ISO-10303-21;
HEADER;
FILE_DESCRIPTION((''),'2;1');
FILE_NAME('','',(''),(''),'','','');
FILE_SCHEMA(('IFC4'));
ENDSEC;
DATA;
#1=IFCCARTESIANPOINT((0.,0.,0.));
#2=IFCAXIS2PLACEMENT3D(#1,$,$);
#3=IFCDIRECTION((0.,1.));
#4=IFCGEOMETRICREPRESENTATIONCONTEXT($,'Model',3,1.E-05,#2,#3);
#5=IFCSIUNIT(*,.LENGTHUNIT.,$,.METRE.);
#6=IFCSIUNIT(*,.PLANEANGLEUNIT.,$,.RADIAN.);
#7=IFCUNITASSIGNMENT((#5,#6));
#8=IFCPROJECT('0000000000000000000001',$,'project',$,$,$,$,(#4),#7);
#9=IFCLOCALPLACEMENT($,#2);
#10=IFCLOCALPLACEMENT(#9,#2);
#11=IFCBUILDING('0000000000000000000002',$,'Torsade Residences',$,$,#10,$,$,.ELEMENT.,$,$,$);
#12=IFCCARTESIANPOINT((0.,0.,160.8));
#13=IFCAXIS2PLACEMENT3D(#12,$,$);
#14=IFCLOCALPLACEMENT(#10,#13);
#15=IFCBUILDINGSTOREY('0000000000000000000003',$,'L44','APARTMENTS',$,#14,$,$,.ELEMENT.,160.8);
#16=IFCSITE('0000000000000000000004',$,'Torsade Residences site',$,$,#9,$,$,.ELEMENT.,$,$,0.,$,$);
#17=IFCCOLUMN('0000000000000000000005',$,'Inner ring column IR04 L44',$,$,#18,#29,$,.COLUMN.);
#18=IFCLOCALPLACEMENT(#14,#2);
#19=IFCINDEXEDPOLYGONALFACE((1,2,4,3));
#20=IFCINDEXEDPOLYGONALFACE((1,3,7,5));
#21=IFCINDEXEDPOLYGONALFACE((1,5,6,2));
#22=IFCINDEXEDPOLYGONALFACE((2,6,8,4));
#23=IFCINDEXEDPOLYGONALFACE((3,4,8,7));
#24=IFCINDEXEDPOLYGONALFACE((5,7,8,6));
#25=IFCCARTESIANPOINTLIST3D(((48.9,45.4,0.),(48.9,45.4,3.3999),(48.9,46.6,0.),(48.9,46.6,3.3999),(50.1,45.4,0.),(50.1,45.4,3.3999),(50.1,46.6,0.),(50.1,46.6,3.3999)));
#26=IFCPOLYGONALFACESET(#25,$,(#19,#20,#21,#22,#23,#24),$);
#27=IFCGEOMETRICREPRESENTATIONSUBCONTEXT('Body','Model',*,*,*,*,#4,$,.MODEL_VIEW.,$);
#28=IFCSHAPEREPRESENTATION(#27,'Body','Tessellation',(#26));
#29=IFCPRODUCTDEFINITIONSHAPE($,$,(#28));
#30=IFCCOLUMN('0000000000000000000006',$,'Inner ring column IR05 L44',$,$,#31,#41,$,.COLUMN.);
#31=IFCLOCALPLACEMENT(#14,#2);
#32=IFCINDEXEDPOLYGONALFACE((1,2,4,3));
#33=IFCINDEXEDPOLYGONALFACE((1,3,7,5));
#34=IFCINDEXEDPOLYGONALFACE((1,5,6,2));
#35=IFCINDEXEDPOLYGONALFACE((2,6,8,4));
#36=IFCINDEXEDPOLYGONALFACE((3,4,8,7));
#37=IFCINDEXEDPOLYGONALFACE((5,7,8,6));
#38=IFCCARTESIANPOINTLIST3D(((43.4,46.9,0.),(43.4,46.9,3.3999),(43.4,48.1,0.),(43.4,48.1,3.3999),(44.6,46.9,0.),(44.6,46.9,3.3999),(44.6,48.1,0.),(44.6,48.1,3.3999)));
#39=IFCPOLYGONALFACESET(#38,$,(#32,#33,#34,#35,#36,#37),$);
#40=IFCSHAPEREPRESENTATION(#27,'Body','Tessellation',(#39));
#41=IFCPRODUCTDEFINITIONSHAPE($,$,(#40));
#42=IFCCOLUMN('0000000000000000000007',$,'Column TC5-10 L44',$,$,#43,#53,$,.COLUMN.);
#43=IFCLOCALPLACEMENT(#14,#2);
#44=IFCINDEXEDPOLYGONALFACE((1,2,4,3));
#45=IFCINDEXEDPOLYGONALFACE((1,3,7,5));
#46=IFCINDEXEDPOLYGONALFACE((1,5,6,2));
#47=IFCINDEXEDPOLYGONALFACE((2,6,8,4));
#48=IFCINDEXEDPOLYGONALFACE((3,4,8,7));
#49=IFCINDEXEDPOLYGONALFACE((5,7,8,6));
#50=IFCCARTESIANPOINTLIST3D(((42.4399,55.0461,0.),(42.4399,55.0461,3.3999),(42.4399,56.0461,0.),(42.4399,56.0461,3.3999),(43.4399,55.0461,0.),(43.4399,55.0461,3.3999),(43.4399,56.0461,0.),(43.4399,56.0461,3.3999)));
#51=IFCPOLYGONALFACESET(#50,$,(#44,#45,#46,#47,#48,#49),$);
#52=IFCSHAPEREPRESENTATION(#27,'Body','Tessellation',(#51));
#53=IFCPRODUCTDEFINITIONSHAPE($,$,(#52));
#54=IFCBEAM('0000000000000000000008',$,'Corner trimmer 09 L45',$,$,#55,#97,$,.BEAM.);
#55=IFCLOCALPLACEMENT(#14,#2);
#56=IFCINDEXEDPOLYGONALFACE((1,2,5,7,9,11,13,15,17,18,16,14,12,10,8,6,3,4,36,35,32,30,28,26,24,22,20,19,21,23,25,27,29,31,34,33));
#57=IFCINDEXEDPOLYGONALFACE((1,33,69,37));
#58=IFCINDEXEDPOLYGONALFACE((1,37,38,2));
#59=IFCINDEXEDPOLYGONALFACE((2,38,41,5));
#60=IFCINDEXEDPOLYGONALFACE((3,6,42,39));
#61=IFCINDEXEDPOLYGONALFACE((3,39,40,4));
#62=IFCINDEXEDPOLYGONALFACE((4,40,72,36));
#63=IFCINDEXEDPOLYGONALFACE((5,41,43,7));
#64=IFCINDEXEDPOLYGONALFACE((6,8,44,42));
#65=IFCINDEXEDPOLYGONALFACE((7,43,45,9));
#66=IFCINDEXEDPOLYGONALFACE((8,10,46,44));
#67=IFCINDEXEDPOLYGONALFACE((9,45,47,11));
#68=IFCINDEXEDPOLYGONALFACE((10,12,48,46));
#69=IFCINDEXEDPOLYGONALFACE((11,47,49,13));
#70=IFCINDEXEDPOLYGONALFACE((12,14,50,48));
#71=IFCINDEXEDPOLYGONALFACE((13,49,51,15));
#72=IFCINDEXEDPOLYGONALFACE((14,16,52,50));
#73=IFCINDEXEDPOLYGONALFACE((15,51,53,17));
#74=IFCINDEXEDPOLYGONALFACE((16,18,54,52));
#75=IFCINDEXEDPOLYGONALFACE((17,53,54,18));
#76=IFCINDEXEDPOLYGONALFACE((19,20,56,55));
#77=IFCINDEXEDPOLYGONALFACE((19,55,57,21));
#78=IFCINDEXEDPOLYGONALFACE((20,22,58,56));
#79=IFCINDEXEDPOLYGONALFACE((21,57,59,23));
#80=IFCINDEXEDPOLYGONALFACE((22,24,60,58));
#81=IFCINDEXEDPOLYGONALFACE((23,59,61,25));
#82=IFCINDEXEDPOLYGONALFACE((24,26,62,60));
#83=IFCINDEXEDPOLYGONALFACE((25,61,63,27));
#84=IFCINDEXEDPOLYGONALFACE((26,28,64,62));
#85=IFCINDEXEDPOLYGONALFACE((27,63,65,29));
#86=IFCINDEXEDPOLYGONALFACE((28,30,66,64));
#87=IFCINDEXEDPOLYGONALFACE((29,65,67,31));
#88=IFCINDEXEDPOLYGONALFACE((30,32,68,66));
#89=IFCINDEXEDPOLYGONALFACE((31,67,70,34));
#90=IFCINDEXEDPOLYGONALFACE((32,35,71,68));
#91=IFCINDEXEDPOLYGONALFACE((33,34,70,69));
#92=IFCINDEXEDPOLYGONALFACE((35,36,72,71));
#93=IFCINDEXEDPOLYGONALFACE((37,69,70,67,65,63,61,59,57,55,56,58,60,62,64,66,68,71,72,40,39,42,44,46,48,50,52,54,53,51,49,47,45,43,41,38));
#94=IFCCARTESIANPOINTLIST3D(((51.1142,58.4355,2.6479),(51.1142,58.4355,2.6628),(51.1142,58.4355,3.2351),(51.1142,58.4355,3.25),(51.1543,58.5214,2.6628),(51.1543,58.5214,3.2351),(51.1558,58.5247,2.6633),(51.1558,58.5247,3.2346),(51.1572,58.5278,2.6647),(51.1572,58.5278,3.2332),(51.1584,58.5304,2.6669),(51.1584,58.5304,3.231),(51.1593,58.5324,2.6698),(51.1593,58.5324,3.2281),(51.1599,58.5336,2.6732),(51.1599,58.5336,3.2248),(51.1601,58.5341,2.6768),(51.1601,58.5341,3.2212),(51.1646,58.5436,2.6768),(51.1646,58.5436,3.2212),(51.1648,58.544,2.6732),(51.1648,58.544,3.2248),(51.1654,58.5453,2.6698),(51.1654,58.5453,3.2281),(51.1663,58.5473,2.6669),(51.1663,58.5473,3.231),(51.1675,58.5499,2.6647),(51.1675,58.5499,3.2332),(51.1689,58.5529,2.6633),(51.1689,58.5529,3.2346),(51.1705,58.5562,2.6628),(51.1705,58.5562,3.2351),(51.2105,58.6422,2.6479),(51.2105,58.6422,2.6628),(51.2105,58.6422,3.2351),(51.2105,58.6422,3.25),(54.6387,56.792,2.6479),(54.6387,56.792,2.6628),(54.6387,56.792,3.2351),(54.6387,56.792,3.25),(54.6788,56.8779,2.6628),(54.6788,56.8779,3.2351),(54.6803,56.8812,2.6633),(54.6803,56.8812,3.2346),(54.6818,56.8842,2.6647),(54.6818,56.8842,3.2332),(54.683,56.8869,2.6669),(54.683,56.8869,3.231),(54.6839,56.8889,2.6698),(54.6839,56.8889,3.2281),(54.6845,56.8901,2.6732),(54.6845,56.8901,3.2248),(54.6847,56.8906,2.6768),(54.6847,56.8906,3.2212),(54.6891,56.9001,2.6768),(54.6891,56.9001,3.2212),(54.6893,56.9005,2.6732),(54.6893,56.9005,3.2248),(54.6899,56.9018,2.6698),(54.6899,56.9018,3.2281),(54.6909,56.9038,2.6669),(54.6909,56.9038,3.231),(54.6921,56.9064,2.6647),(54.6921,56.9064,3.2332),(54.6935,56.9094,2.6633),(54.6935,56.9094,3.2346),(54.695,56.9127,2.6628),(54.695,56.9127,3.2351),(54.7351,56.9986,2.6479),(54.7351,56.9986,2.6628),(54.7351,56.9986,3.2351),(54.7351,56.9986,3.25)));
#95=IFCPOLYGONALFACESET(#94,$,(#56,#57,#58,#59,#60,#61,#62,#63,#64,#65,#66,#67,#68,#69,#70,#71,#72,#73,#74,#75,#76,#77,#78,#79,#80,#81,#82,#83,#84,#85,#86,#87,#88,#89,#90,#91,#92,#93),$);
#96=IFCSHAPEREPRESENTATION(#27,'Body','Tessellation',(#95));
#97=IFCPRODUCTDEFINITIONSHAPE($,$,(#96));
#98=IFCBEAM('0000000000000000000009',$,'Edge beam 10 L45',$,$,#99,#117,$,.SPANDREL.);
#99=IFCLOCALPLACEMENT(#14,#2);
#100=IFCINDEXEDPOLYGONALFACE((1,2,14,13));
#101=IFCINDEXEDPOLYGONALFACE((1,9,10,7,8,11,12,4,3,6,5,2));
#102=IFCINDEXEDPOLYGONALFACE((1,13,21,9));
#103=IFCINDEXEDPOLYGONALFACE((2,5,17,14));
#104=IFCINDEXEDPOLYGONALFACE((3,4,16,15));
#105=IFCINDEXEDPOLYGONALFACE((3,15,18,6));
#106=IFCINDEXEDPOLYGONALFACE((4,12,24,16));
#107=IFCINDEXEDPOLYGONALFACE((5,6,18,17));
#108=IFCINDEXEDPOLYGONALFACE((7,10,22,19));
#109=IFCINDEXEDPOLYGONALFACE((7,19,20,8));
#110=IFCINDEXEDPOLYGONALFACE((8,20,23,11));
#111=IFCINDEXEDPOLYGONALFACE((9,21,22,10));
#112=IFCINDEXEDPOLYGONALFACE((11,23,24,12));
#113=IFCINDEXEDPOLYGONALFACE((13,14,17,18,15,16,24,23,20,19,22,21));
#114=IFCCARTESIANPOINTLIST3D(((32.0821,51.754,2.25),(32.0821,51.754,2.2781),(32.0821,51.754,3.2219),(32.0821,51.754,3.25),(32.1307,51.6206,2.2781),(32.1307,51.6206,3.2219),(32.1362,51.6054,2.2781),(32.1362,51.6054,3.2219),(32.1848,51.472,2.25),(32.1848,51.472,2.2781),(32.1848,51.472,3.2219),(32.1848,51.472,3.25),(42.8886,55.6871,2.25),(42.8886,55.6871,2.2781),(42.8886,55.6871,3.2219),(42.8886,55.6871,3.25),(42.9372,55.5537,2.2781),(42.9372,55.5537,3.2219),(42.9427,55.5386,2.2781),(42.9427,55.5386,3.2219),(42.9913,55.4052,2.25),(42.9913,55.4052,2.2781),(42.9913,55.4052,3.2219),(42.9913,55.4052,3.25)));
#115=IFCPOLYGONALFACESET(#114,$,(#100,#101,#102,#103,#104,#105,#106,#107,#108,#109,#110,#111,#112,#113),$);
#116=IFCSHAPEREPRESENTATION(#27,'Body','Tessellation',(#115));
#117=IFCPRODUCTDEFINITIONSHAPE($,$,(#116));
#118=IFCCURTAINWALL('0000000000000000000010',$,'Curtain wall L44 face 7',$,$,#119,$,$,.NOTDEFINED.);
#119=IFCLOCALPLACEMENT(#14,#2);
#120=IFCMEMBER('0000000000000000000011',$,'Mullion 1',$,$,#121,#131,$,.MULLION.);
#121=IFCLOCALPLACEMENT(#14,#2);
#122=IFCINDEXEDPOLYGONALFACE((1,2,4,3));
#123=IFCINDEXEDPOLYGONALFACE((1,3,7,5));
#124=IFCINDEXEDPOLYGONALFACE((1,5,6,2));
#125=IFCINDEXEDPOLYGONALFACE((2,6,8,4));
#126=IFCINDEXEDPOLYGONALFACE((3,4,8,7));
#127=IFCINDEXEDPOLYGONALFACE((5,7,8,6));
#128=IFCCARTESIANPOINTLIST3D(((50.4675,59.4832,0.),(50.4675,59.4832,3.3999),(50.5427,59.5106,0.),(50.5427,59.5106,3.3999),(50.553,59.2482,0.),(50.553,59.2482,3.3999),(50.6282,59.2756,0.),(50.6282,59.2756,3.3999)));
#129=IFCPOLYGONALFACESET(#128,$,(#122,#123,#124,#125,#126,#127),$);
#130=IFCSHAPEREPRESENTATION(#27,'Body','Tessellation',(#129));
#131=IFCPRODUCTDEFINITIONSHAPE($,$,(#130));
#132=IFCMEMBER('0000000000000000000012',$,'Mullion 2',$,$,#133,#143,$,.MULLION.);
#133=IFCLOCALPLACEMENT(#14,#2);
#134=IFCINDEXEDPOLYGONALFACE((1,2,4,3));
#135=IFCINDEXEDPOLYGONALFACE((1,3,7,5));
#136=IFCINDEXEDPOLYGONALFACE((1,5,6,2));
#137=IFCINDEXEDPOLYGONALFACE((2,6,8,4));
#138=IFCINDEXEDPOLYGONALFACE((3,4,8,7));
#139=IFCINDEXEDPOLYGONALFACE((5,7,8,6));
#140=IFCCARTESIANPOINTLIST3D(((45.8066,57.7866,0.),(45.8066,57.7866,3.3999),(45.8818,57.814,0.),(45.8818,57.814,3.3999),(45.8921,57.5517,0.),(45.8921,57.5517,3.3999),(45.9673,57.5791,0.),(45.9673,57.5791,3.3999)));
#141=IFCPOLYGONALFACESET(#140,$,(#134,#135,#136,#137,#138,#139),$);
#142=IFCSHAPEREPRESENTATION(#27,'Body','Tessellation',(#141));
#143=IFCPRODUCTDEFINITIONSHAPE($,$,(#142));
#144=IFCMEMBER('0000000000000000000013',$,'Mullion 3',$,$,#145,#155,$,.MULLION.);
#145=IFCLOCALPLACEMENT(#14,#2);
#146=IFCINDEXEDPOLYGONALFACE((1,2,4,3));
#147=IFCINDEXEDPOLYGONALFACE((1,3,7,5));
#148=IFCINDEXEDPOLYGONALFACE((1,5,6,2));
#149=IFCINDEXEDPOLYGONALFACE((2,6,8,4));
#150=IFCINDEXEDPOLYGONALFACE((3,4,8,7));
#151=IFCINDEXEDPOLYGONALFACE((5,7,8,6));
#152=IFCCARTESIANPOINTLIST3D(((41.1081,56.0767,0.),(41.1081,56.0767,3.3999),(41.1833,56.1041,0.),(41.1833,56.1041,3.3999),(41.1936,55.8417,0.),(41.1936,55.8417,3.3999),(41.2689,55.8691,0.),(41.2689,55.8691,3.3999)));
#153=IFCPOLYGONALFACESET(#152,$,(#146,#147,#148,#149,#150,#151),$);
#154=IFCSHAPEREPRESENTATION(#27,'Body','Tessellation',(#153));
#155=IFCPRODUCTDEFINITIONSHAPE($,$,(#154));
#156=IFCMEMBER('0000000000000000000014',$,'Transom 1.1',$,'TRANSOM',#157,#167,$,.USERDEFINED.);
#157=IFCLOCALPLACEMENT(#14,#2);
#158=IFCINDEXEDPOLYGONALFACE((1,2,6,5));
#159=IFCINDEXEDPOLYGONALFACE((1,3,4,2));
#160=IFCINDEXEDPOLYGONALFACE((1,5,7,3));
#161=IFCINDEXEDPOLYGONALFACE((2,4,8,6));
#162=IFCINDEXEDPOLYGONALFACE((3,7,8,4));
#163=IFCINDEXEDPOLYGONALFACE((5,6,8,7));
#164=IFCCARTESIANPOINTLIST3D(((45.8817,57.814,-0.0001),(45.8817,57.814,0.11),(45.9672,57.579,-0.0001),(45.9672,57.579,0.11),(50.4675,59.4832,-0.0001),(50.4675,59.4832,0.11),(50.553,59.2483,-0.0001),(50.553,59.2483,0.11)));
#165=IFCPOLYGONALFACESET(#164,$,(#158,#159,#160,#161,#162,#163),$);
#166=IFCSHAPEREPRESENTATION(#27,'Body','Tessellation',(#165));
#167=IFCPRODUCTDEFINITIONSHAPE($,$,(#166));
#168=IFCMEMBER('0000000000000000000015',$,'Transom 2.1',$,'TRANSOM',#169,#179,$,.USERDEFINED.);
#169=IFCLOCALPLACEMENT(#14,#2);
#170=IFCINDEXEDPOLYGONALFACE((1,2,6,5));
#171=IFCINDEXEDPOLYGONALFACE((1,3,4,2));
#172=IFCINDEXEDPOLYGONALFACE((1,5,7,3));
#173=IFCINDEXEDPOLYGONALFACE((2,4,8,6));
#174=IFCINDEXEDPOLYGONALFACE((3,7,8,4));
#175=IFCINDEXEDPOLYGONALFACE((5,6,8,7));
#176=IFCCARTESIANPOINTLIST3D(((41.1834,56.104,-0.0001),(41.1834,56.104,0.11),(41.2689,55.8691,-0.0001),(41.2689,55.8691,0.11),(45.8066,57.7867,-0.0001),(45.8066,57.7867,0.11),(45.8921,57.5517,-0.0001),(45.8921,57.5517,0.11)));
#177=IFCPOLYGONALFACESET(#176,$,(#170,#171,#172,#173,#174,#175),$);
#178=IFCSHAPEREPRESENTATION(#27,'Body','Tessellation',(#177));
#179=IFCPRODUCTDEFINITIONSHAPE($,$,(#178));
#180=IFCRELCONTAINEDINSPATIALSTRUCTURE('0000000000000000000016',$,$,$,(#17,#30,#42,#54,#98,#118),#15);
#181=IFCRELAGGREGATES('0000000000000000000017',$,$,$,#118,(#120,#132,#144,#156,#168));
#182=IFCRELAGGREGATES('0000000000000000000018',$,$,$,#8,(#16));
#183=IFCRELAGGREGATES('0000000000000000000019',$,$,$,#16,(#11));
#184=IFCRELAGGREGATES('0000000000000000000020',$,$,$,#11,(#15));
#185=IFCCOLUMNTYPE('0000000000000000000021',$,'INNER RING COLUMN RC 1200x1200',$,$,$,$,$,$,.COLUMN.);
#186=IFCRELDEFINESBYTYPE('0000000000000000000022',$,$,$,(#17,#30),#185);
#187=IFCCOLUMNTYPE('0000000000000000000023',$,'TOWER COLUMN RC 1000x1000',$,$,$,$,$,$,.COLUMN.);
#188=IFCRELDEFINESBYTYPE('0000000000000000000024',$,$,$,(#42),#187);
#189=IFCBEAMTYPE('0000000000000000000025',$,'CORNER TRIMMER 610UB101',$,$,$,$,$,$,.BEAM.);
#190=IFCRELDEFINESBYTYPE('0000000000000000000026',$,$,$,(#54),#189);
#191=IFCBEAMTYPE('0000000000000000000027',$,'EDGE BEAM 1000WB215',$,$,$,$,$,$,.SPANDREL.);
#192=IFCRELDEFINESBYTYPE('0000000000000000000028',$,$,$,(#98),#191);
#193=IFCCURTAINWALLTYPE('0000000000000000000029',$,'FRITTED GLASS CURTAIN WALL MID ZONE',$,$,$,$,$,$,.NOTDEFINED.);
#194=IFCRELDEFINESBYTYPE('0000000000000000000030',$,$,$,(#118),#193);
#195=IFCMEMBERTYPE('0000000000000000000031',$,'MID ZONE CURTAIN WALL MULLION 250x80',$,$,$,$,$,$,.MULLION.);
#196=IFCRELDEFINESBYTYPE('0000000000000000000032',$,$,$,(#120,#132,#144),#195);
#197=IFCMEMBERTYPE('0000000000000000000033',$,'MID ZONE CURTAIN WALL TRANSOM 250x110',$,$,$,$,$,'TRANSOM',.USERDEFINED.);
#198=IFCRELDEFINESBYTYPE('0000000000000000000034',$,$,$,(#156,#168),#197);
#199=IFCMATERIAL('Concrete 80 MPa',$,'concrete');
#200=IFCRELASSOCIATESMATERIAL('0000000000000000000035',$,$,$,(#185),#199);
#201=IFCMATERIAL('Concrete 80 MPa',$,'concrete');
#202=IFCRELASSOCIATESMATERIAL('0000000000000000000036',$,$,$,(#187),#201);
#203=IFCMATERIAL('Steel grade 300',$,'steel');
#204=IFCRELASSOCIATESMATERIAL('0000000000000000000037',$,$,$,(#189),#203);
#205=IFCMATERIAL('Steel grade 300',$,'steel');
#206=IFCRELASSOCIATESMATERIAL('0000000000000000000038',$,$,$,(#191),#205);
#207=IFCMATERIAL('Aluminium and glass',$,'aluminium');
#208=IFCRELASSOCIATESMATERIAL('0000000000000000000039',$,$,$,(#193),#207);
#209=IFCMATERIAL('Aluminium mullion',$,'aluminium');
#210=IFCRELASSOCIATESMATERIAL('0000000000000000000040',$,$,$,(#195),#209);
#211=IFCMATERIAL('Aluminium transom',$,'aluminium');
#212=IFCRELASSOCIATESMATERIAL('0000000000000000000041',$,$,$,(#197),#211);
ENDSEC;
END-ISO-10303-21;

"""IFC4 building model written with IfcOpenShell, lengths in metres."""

from ifc_helpers import new_model, si_unit, direction, frame, origin, origin_2d, place, context, subcontext, project, spatial, rectangle, i_section, extrude, material, material_profile, profile_set, type_object, element, aggregate, save


model = new_model("IFC4")

# Units and contexts
model_context = context("Model", 3, precision=1e-05, world=origin(), true_north=direction((0.0, 1.0)))
body_context = subcontext(model_context, "Body", "Model", "MODEL_VIEW")
ifc_project = project(units=[si_unit("LENGTHUNIT", "METRE"), si_unit("PLANEANGLEUNIT", "RADIAN")], contexts=[model_context])

# Site, building, storey
site_placement = place(None, origin())
site = spatial("IfcSite", under=ifc_project, at=site_placement, Name="Torsade Residences site", CompositionType="ELEMENT", RefElevation=0.0)
building_placement = place(site_placement, origin())
building = spatial("IfcBuilding", under=site, at=building_placement, Name="Torsade Residences", CompositionType="ELEMENT")
storey_placement = place(building_placement, frame((0.0, 0.0, 160.8)))
storey = spatial("IfcBuildingStorey", under=building, at=storey_placement, Name="L44", Description="APARTMENTS", CompositionType="ELEMENT", Elevation=160.8)

# Columns
ifc_material_1 = material(Name="Concrete 80 MPa", Category="concrete")
ifc_material_profile_1 = material_profile(ifc_material_1, rectangle(XDim=1.2, YDim=1.2, at=origin_2d()), Name="RC 1200x1200")
ifc_profile_set_1 = profile_set([ifc_material_profile_1], Name="Concrete 80 MPa")
column_type_1 = type_object("IfcColumnType", Name="INNER RING COLUMN RC 1200x1200", PredefinedType="COLUMN", material=ifc_profile_set_1)
for number, where, z_axis, x_axis, name in (
    (1, (49.5, 46.0, 0.0), (0.0, 0.0, 1.0), (1.0, 0.0, 0.0), "Inner ring column IR04 L44"),
    (2, (44.0, 47.5, 0.0), (0.0, 0.0, 1.0), (1.0, 0.0, 0.0), "Inner ring column IR05 L44"),
):
    element("IfcColumn", number, at=place(storey_placement, frame(where, z_axis=z_axis, x_axis=x_axis)), inside=storey, type_object=column_type_1, Name=name, PredefinedType="COLUMN", context=body_context, shape_type="SweptSolid", body=[
        extrude(rectangle(XDim=1.2, YDim=1.2, at=origin_2d()), origin(), (0.0, 0.0, 1.0), 3.3999),
    ])
ifc_material_2 = material(Name="Concrete 80 MPa", Category="concrete")
ifc_material_profile_2 = material_profile(ifc_material_2, rectangle(XDim=1.0, YDim=1.0, at=origin_2d()), Name="RC 1000x1000")
ifc_profile_set_2 = profile_set([ifc_material_profile_2], Name="Concrete 80 MPa")
column_type_2 = type_object("IfcColumnType", Name="TOWER COLUMN RC 1000x1000", PredefinedType="COLUMN", material=ifc_profile_set_2)
column_placement = place(storey_placement, frame((42.9399, 55.5461, 0.0), z_axis=(0.0, 0.0, 1.0), x_axis=(1.0, 0.0, 0.0)))
element("IfcColumn", 3, at=column_placement, inside=storey, type_object=column_type_2, Name="Column TC5-10 L44", PredefinedType="COLUMN", context=body_context, shape_type="SweptSolid", body=[
    extrude(rectangle(XDim=1.0, YDim=1.0, at=origin_2d()), origin(), (0.0, 0.0, 1.0), 3.3999),
])

# Beams
ifc_material_3 = material(Name="Steel grade 300", Category="steel")
ifc_material_profile_3 = material_profile(ifc_material_3, i_section(OverallWidth=0.228, OverallDepth=0.6021, WebThickness=0.0105, FlangeThickness=0.0149, FilletRadius=0.0139, at=origin_2d()), Name="610UB101")
ifc_profile_set_3 = profile_set([ifc_material_profile_3], Name="Steel grade 300")
beam_type_1 = type_object("IfcBeamType", Name="CORNER TRIMMER 610UB101", PredefinedType="BEAM", material=ifc_profile_set_3)
beam_1_placement = place(storey_placement, frame((51.1624, 58.5388, 2.949), z_axis=(0.90631, -0.422614, 0.0), x_axis=(0.422614, 0.90631, 0.0)))
element("IfcBeam", 4, at=beam_1_placement, inside=storey, type_object=beam_type_1, Name="Corner trimmer 09 L45", PredefinedType="BEAM", context=body_context, shape_type="SweptSolid", body=[
    extrude(i_section(OverallWidth=0.228, OverallDepth=0.6021, WebThickness=0.0105, FlangeThickness=0.0149, FilletRadius=0.0139, at=origin_2d()), origin(), (0.0, 0.0, 1.0), 3.8889),
])
ifc_material_4 = material(Name="Steel grade 300", Category="steel")
ifc_material_profile_4 = material_profile(ifc_material_4, i_section(OverallWidth=0.3, OverallDepth=1.0, WebThickness=0.0161, FlangeThickness=0.0281, at=origin_2d()), Name="1000WB215")
ifc_profile_set_4 = profile_set([ifc_material_profile_4], Name="Steel grade 300")
beam_type_2 = type_object("IfcBeamType", Name="EDGE BEAM 1000WB215", PredefinedType="SPANDREL", material=ifc_profile_set_4)
beam_2_placement = place(storey_placement, frame((42.9399, 55.5461, 2.75), z_axis=(-0.939695, -0.342012, 0.0), x_axis=(0.342012, -0.939695, 0.0)))
element("IfcBeam", 5, at=beam_2_placement, inside=storey, type_object=beam_type_2, Name="Edge beam 10 L45", PredefinedType="SPANDREL", context=body_context, shape_type="SweptSolid", body=[
    extrude(i_section(OverallWidth=0.3, OverallDepth=1.0, WebThickness=0.0161, FlangeThickness=0.0281, at=origin_2d()), origin(), (0.0, 0.0, 1.0), 11.5),
])

# Curtain wall, members
ifc_material_5 = material(Name="Aluminium and glass", Category="aluminium")
curtain_wall_type = type_object("IfcCurtainWallType", Name="FRITTED GLASS CURTAIN WALL MID ZONE", PredefinedType="NOTDEFINED", material=ifc_material_5)
curtain_wall_placement = place(storey_placement, origin())
curtain_wall = element("IfcCurtainWall", 6, at=curtain_wall_placement, inside=storey, type_object=curtain_wall_type, Name="Curtain wall L44 face 7", PredefinedType="NOTDEFINED")
ifc_material_6 = material(Name="Aluminium mullion", Category="aluminium")
ifc_material_profile_5 = material_profile(ifc_material_6, rectangle(XDim=0.25, YDim=0.0801, at=origin_2d()), Name="MID ZONE CURTAIN WALL MULLION 250x80")
ifc_profile_set_5 = profile_set([ifc_material_profile_5], Name="Aluminium mullion")
member_type_1 = type_object("IfcMemberType", Name="MID ZONE CURTAIN WALL MULLION 250x80", PredefinedType="MULLION", material=ifc_profile_set_5)
member_1_placement = place(storey_placement, frame((50.5479, 59.3794, 0.0), z_axis=(0.0, 0.0, 1.0), x_axis=(0.34202, -0.939693, 0.0)))
member_1 = element("IfcMember", 7, at=member_1_placement, type_object=member_type_1, Name="Mullion 1", PredefinedType="MULLION", context=body_context, shape_type="SweptSolid", body=[
    extrude(rectangle(XDim=0.25, YDim=0.0801, at=origin_2d()), origin(), (0.0, 0.0, 1.0), 3.3999),
])
member_2_placement = place(storey_placement, frame((45.887, 57.6829, 0.0), z_axis=(0.0, 0.0, 1.0), x_axis=(0.34202, -0.939693, 0.0)))
member_2 = element("IfcMember", 8, at=member_2_placement, type_object=member_type_1, Name="Mullion 2", PredefinedType="MULLION", context=body_context, shape_type="SweptSolid", body=[
    extrude(rectangle(XDim=0.25, YDim=0.0801, at=origin_2d()), origin(), (0.0, 0.0, 1.0), 3.3999),
])
member_3_placement = place(storey_placement, frame((41.1885, 55.9729, 0.0), z_axis=(0.0, 0.0, 1.0), x_axis=(0.34202, -0.939693, 0.0)))
member_3 = element("IfcMember", 9, at=member_3_placement, type_object=member_type_1, Name="Mullion 3", PredefinedType="MULLION", context=body_context, shape_type="SweptSolid", body=[
    extrude(rectangle(XDim=0.25, YDim=0.0801, at=origin_2d()), origin(), (0.0, 0.0, 1.0), 3.3999),
])
ifc_material_7 = material(Name="Aluminium transom", Category="aluminium")
ifc_material_profile_6 = material_profile(ifc_material_7, rectangle(XDim=0.25, YDim=0.1101, at=origin_2d()), Name="MID ZONE CURTAIN WALL TRANSOM 250x110")
ifc_profile_set_6 = profile_set([ifc_material_profile_6], Name="Aluminium transom")
member_type_2 = type_object("IfcMemberType", Name="MID ZONE CURTAIN WALL TRANSOM 250x110", ElementType="TRANSOM", PredefinedType="USERDEFINED", material=ifc_profile_set_6)
member_4_placement = place(storey_placement, frame((50.5103, 59.3657, 0.0549), z_axis=(-0.939684, -0.342044, 0.0), x_axis=(0.342044, -0.939684, 0.0)))
member_4 = element("IfcMember", 10, at=member_4_placement, type_object=member_type_2, Name="Transom 1.1", ObjectType="TRANSOM", PredefinedType="USERDEFINED", context=body_context, shape_type="SweptSolid", body=[
    extrude(rectangle(XDim=0.25, YDim=0.1101, at=origin_2d()), origin(), (0.0, 0.0, 1.0), 4.8801),
])
member_5_placement = place(storey_placement, frame((45.8494, 57.6692, 0.0549), z_axis=(-0.939701, -0.341998, 0.0), x_axis=(0.341998, -0.939701, 0.0)))
member_5 = element("IfcMember", 11, at=member_5_placement, type_object=member_type_2, Name="Transom 2.1", ObjectType="TRANSOM", PredefinedType="USERDEFINED", context=body_context, shape_type="SweptSolid", body=[
    extrude(rectangle(XDim=0.25, YDim=0.1101, at=origin_2d()), origin(), (0.0, 0.0, 1.0), 4.9199),
])

aggregate(curtain_wall, [member_1, member_2, member_3, member_4, member_5])

save(model, "model.ifc")
